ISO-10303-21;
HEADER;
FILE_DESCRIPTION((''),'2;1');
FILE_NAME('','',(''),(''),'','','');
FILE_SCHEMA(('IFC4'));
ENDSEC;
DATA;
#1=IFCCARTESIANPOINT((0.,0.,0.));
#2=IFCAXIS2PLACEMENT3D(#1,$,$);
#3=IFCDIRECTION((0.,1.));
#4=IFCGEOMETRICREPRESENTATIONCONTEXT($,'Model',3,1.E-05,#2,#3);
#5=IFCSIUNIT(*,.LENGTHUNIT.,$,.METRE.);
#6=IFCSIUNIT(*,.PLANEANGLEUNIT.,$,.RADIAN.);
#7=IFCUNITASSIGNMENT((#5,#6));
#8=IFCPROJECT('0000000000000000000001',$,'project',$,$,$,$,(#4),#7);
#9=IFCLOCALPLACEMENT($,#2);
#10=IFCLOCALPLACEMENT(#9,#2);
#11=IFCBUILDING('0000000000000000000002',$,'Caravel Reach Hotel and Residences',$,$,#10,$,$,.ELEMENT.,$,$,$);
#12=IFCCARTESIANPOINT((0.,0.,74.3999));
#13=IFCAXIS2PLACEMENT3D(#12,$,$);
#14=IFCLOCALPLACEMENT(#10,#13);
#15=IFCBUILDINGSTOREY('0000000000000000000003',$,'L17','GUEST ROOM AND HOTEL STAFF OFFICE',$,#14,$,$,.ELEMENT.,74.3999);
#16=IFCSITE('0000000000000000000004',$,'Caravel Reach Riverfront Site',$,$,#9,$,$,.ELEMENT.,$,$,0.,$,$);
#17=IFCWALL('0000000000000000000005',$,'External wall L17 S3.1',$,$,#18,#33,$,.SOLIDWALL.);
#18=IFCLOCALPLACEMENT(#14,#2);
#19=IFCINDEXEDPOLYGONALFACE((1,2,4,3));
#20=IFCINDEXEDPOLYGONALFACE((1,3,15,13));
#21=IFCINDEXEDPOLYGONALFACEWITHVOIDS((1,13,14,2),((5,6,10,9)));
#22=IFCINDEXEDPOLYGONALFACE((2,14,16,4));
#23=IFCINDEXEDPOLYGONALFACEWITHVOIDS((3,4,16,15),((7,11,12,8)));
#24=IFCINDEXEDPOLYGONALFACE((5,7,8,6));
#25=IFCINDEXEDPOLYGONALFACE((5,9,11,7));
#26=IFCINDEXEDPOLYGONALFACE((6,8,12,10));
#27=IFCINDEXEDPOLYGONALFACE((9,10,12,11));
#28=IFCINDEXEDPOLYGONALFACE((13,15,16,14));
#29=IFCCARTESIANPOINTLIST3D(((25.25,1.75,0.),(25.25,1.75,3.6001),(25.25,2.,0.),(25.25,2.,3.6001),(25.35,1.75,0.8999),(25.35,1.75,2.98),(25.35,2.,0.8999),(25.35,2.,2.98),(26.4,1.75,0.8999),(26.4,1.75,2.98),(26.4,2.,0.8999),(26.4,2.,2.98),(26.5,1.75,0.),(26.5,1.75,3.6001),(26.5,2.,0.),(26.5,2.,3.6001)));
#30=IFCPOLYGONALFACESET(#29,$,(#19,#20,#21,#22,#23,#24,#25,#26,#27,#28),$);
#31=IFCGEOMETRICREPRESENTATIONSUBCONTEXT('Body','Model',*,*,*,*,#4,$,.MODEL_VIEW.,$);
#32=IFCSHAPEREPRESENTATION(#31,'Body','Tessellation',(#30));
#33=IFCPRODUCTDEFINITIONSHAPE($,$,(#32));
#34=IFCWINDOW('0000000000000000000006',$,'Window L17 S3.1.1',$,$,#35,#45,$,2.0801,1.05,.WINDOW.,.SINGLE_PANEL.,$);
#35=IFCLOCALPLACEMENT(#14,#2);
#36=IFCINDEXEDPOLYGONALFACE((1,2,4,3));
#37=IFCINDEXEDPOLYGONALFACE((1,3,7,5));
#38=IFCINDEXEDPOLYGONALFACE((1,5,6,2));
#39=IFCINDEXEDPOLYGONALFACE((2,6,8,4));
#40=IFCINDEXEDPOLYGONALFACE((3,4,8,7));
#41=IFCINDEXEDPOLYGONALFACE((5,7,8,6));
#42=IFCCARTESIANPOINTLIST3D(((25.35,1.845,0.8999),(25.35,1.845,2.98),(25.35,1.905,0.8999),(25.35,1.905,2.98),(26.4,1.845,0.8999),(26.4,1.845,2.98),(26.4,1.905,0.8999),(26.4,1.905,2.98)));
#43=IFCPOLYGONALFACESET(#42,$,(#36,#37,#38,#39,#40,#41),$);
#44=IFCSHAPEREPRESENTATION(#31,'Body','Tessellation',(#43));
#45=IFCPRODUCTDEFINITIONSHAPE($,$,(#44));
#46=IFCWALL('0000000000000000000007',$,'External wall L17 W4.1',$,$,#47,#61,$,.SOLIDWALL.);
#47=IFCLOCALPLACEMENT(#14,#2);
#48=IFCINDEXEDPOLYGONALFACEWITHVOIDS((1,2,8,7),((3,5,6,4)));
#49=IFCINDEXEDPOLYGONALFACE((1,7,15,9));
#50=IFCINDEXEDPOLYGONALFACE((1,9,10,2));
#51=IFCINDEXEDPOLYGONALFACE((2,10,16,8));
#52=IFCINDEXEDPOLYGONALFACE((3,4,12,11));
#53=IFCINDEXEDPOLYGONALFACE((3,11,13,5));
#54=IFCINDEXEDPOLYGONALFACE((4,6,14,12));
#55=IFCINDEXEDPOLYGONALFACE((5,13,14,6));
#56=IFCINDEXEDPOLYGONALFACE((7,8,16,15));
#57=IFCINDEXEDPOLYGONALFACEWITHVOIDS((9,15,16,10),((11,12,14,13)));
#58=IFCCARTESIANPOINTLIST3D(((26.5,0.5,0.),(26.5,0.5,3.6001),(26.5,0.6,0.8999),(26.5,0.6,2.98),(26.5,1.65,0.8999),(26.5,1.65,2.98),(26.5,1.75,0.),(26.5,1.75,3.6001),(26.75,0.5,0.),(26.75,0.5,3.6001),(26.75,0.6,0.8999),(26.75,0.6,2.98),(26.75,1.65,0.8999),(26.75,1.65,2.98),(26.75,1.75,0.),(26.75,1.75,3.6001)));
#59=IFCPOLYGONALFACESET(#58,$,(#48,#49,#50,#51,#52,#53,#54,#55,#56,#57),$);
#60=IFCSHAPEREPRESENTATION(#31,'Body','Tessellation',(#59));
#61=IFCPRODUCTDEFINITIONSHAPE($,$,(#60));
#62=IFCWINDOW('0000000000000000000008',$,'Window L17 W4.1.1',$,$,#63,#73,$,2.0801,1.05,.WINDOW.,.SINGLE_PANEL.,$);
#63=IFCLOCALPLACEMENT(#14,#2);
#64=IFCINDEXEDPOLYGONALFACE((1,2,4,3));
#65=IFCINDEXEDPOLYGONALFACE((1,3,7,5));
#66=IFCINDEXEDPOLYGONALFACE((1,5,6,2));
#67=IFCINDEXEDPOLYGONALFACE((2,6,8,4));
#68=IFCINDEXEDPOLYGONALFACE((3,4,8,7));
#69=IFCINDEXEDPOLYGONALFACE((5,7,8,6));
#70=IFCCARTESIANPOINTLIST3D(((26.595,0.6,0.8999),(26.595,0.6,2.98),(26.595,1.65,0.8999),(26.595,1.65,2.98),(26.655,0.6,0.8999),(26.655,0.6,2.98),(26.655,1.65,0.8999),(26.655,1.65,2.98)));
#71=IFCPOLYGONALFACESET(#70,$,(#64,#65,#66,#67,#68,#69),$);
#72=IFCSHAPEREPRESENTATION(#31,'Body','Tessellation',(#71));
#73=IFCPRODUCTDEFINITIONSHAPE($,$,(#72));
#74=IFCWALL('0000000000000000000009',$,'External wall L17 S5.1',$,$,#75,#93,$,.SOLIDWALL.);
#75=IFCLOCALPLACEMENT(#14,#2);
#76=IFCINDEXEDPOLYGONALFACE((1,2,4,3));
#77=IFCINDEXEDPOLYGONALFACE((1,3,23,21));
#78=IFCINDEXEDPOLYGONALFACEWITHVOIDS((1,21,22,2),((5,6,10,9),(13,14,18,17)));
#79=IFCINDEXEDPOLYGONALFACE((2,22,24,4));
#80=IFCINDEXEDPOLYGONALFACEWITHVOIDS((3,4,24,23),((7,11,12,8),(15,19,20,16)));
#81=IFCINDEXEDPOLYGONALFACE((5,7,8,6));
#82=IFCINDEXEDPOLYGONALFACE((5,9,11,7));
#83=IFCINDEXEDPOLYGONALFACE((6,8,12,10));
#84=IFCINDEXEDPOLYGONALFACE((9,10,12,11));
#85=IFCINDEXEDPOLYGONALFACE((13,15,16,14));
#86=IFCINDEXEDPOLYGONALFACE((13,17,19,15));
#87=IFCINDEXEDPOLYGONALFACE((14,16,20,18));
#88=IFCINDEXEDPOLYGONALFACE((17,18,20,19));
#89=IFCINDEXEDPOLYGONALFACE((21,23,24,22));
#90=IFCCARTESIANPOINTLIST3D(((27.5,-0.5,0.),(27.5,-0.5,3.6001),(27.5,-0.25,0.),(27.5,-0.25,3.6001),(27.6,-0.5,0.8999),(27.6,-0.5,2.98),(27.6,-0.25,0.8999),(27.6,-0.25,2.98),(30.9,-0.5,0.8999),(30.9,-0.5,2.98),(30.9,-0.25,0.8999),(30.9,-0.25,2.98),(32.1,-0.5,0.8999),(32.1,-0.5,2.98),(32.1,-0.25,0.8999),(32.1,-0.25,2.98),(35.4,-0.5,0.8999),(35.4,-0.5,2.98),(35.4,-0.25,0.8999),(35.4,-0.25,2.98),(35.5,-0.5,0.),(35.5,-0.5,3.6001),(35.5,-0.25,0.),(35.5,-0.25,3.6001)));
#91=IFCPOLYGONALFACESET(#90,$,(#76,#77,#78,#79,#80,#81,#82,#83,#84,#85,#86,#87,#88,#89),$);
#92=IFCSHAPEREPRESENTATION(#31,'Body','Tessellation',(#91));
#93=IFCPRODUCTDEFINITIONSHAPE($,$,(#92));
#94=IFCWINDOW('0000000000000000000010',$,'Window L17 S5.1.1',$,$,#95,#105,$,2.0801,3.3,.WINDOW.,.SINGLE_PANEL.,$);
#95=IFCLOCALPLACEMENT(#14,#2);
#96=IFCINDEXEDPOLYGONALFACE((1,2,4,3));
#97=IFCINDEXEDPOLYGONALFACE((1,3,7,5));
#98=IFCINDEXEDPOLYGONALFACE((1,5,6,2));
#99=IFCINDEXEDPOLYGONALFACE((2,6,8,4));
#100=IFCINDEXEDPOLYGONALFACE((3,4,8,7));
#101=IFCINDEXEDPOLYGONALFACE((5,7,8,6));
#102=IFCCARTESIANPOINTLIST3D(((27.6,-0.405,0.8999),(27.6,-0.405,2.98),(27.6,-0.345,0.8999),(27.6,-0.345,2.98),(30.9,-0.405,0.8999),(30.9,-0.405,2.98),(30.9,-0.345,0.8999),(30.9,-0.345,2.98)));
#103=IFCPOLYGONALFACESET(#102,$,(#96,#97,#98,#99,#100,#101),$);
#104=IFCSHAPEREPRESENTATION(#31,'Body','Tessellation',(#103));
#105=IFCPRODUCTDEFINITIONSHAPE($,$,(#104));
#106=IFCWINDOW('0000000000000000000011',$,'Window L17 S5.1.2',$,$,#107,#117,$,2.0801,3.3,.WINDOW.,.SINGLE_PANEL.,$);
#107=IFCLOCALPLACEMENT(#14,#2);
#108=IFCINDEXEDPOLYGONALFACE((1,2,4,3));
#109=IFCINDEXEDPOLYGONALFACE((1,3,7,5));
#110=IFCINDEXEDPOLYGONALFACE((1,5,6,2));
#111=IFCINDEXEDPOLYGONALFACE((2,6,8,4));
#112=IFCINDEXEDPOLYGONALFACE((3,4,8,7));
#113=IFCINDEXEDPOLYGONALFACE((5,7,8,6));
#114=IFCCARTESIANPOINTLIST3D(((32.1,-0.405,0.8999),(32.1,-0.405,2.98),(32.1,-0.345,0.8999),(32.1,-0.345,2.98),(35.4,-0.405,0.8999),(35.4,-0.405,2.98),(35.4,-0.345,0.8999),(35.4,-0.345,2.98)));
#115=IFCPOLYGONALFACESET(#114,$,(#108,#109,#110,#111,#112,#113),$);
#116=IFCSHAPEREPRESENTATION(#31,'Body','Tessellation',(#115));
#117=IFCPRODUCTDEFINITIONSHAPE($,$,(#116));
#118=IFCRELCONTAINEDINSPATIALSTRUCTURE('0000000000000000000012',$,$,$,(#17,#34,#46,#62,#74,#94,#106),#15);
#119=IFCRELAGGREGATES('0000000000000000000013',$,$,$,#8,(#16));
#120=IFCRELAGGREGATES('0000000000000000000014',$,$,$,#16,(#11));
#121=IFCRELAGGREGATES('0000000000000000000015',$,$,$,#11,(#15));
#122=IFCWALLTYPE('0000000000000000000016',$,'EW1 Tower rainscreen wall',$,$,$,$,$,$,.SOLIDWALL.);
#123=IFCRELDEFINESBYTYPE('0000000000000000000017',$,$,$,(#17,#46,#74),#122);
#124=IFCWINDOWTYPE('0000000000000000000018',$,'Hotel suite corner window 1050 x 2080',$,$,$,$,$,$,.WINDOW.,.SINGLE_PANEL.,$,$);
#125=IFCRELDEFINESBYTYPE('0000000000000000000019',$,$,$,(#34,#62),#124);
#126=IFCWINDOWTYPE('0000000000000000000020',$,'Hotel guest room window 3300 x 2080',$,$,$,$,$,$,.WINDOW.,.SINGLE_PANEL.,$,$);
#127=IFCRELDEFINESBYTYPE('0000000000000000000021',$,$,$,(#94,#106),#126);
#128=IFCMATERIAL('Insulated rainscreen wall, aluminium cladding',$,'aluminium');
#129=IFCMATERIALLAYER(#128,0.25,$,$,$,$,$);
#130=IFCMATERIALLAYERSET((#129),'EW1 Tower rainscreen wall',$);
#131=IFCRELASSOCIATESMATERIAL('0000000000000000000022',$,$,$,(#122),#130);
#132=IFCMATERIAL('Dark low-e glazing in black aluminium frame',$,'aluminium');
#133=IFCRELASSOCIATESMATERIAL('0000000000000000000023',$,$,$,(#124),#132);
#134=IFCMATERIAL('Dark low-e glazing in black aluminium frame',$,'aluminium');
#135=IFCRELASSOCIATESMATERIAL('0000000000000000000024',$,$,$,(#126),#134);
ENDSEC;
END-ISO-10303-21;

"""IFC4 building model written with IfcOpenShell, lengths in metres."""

from ifc_helpers import new_model, si_unit, direction, frame, frame_2d, origin, place, context, subcontext, project, spatial, rectangle, extrude, material, layer, layer_set, type_object, element, fill, save


model = new_model("IFC4")

# Units and contexts
model_context = context("Model", 3, precision=1e-05, world=origin(), true_north=direction((0.0, 1.0)))
body_context = subcontext(model_context, "Body", "Model", "MODEL_VIEW")
ifc_project = project(units=[si_unit("LENGTHUNIT", "METRE"), si_unit("PLANEANGLEUNIT", "RADIAN")], contexts=[model_context])

# Site, building, storey
site_placement = place(None, origin())
site = spatial("IfcSite", under=ifc_project, at=site_placement, Name="Caravel Reach Riverfront Site", CompositionType="ELEMENT", RefElevation=0.0)
building_placement = place(site_placement, origin())
building = spatial("IfcBuilding", under=site, at=building_placement, Name="Caravel Reach Hotel and Residences", CompositionType="ELEMENT")
storey_placement = place(building_placement, frame((0.0, 0.0, 74.3999)))
storey = spatial("IfcBuildingStorey", under=building, at=storey_placement, Name="L17", Description="GUEST ROOM AND HOTEL STAFF OFFICE", CompositionType="ELEMENT", Elevation=74.3999)

# Walls, openings, windows
ifc_material_1 = material(Name="Insulated rainscreen wall, aluminium cladding", Category="aluminium")
ifc_layer = layer(ifc_material_1, 0.25)
ifc_layer_set = layer_set([ifc_layer], Name="EW1 Tower rainscreen wall")
wall_type = type_object("IfcWallType", Name="EW1 Tower rainscreen wall", PredefinedType="SOLIDWALL", material=ifc_layer_set)
wall_1_placement = place(storey_placement, frame((25.25, 1.875, 0.0), z_axis=(0.0, 0.0, 1.0), x_axis=(1.0, 0.0, 0.0)))
wall_1 = element("IfcWall", 1, at=wall_1_placement, inside=storey, type_object=wall_type, Name="External wall L17 S3.1", PredefinedType="SOLIDWALL", context=body_context, shape_type="SweptSolid", body=[
    extrude(rectangle(XDim=1.25, YDim=0.25, at=frame_2d((0.625, 0.0))), origin(), (0.0, 0.0, 1.0), 3.6001),
])
opening_1_placement = place(wall_1_placement, frame((0.1001, 0.0, 0.8999)))
opening_1 = element("IfcOpeningElement", 2, at=opening_1_placement, cuts=wall_1, PredefinedType="OPENING", context=body_context, shape_type="SweptSolid", body=[
    extrude(rectangle(XDim=1.05, YDim=2.0801, at=frame_2d((0.5249, 1.04))), frame((0.0, 0.135, 0.0), z_axis=(0.0, -1.0, 0.0), x_axis=(1.0, 0.0, 0.0)), (0.0, 0.0, 1.0), 0.27),
])
ifc_material_2 = material(Name="Dark low-e glazing in black aluminium frame", Category="aluminium")
window_type_1 = type_object("IfcWindowType", Name="Hotel suite corner window 1050 x 2080", PartitioningType="SINGLE_PANEL", PredefinedType="WINDOW", material=ifc_material_2)
window_1_placement = place(opening_1_placement, origin())
window_1 = element("IfcWindow", 3, at=window_1_placement, inside=storey, type_object=window_type_1, Name="Window L17 S3.1.1", OverallHeight=2.0801, OverallWidth=1.05, PartitioningType="SINGLE_PANEL", PredefinedType="WINDOW", context=body_context, shape_type="SweptSolid", body=[
    extrude(rectangle(XDim=1.05, YDim=2.0801, at=frame_2d((0.5249, 1.04))), frame((0.0, 0.03, 0.0), z_axis=(0.0, -1.0, 0.0), x_axis=(1.0, 0.0, 0.0)), (0.0, 0.0, 1.0), 0.0601),
])
fill(opening_1, window_1)
wall_2_placement = place(storey_placement, frame((26.625, 1.75, 0.0), z_axis=(0.0, 0.0, 1.0), x_axis=(0.0, -1.0, 0.0)))
wall_2 = element("IfcWall", 4, at=wall_2_placement, inside=storey, type_object=wall_type, Name="External wall L17 W4.1", PredefinedType="SOLIDWALL", context=body_context, shape_type="SweptSolid", body=[
    extrude(rectangle(XDim=1.25, YDim=0.25, at=frame_2d((0.625, 0.0))), origin(), (0.0, 0.0, 1.0), 3.6001),
])
opening_2_placement = place(wall_2_placement, frame((0.1001, 0.0, 0.8999)))
opening_2 = element("IfcOpeningElement", 5, at=opening_2_placement, cuts=wall_2, PredefinedType="OPENING", context=body_context, shape_type="SweptSolid", body=[
    extrude(rectangle(XDim=1.05, YDim=2.0801, at=frame_2d((0.5249, 1.04))), frame((0.0, 0.135, 0.0), z_axis=(0.0, -1.0, 0.0), x_axis=(1.0, 0.0, 0.0)), (0.0, 0.0, 1.0), 0.27),
])
window_2_placement = place(opening_2_placement, origin())
window_2 = element("IfcWindow", 6, at=window_2_placement, inside=storey, type_object=window_type_1, Name="Window L17 W4.1.1", OverallHeight=2.0801, OverallWidth=1.05, PartitioningType="SINGLE_PANEL", PredefinedType="WINDOW", context=body_context, shape_type="SweptSolid", body=[
    extrude(rectangle(XDim=1.05, YDim=2.0801, at=frame_2d((0.5249, 1.04))), frame((0.0, 0.03, 0.0), z_axis=(0.0, -1.0, 0.0), x_axis=(1.0, 0.0, 0.0)), (0.0, 0.0, 1.0), 0.0601),
])
fill(opening_2, window_2)

# Wall, openings, windows
wall_3_placement = place(storey_placement, frame((27.5, -0.375, 0.0), z_axis=(0.0, 0.0, 1.0), x_axis=(1.0, 0.0, 0.0)))
wall_3 = element("IfcWall", 7, at=wall_3_placement, inside=storey, type_object=wall_type, Name="External wall L17 S5.1", PredefinedType="SOLIDWALL", context=body_context, shape_type="SweptSolid", body=[
    extrude(rectangle(XDim=8.0, YDim=0.25, at=frame_2d((4.0, 0.0))), origin(), (0.0, 0.0, 1.0), 3.6001),
])
opening_3_placement = place(wall_3_placement, frame((0.1001, 0.0, 0.8999)))
opening_3 = element("IfcOpeningElement", 8, at=opening_3_placement, cuts=wall_3, PredefinedType="OPENING", context=body_context, shape_type="SweptSolid", body=[
    extrude(rectangle(XDim=3.3, YDim=2.0801, at=frame_2d((1.6499, 1.04))), frame((0.0, 0.135, 0.0), z_axis=(0.0, -1.0, 0.0), x_axis=(1.0, 0.0, 0.0)), (0.0, 0.0, 1.0), 0.27),
])
opening_4_placement = place(wall_3_placement, frame((4.6001, 0.0, 0.8999)))
opening_4 = element("IfcOpeningElement", 9, at=opening_4_placement, cuts=wall_3, PredefinedType="OPENING", context=body_context, shape_type="SweptSolid", body=[
    extrude(rectangle(XDim=3.3, YDim=2.0801, at=frame_2d((1.6499, 1.04))), frame((0.0, 0.135, 0.0), z_axis=(0.0, -1.0, 0.0), x_axis=(1.0, 0.0, 0.0)), (0.0, 0.0, 1.0), 0.27),
])
ifc_material_3 = material(Name="Dark low-e glazing in black aluminium frame", Category="aluminium")
window_type_2 = type_object("IfcWindowType", Name="Hotel guest room window 3300 x 2080", PartitioningType="SINGLE_PANEL", PredefinedType="WINDOW", material=ifc_material_3)
window_3_placement = place(opening_3_placement, origin())
window_3 = element("IfcWindow", 10, at=window_3_placement, inside=storey, type_object=window_type_2, Name="Window L17 S5.1.1", OverallHeight=2.0801, OverallWidth=3.3, PartitioningType="SINGLE_PANEL", PredefinedType="WINDOW", context=body_context, shape_type="SweptSolid", body=[
    extrude(rectangle(XDim=3.3, YDim=2.0801, at=frame_2d((1.6499, 1.04))), frame((0.0, 0.03, 0.0), z_axis=(0.0, -1.0, 0.0), x_axis=(1.0, 0.0, 0.0)), (0.0, 0.0, 1.0), 0.0601),
])
fill(opening_3, window_3)
window_4_placement = place(opening_4_placement, origin())
window_4 = element("IfcWindow", 11, at=window_4_placement, inside=storey, type_object=window_type_2, Name="Window L17 S5.1.2", OverallHeight=2.0801, OverallWidth=3.3, PartitioningType="SINGLE_PANEL", PredefinedType="WINDOW", context=body_context, shape_type="SweptSolid", body=[
    extrude(rectangle(XDim=3.3, YDim=2.0801, at=frame_2d((1.6499, 1.04))), frame((0.0, 0.03, 0.0), z_axis=(0.0, -1.0, 0.0), x_axis=(1.0, 0.0, 0.0)), (0.0, 0.0, 1.0), 0.0601),
])
fill(opening_4, window_4)

save(model, "model.ifc")
